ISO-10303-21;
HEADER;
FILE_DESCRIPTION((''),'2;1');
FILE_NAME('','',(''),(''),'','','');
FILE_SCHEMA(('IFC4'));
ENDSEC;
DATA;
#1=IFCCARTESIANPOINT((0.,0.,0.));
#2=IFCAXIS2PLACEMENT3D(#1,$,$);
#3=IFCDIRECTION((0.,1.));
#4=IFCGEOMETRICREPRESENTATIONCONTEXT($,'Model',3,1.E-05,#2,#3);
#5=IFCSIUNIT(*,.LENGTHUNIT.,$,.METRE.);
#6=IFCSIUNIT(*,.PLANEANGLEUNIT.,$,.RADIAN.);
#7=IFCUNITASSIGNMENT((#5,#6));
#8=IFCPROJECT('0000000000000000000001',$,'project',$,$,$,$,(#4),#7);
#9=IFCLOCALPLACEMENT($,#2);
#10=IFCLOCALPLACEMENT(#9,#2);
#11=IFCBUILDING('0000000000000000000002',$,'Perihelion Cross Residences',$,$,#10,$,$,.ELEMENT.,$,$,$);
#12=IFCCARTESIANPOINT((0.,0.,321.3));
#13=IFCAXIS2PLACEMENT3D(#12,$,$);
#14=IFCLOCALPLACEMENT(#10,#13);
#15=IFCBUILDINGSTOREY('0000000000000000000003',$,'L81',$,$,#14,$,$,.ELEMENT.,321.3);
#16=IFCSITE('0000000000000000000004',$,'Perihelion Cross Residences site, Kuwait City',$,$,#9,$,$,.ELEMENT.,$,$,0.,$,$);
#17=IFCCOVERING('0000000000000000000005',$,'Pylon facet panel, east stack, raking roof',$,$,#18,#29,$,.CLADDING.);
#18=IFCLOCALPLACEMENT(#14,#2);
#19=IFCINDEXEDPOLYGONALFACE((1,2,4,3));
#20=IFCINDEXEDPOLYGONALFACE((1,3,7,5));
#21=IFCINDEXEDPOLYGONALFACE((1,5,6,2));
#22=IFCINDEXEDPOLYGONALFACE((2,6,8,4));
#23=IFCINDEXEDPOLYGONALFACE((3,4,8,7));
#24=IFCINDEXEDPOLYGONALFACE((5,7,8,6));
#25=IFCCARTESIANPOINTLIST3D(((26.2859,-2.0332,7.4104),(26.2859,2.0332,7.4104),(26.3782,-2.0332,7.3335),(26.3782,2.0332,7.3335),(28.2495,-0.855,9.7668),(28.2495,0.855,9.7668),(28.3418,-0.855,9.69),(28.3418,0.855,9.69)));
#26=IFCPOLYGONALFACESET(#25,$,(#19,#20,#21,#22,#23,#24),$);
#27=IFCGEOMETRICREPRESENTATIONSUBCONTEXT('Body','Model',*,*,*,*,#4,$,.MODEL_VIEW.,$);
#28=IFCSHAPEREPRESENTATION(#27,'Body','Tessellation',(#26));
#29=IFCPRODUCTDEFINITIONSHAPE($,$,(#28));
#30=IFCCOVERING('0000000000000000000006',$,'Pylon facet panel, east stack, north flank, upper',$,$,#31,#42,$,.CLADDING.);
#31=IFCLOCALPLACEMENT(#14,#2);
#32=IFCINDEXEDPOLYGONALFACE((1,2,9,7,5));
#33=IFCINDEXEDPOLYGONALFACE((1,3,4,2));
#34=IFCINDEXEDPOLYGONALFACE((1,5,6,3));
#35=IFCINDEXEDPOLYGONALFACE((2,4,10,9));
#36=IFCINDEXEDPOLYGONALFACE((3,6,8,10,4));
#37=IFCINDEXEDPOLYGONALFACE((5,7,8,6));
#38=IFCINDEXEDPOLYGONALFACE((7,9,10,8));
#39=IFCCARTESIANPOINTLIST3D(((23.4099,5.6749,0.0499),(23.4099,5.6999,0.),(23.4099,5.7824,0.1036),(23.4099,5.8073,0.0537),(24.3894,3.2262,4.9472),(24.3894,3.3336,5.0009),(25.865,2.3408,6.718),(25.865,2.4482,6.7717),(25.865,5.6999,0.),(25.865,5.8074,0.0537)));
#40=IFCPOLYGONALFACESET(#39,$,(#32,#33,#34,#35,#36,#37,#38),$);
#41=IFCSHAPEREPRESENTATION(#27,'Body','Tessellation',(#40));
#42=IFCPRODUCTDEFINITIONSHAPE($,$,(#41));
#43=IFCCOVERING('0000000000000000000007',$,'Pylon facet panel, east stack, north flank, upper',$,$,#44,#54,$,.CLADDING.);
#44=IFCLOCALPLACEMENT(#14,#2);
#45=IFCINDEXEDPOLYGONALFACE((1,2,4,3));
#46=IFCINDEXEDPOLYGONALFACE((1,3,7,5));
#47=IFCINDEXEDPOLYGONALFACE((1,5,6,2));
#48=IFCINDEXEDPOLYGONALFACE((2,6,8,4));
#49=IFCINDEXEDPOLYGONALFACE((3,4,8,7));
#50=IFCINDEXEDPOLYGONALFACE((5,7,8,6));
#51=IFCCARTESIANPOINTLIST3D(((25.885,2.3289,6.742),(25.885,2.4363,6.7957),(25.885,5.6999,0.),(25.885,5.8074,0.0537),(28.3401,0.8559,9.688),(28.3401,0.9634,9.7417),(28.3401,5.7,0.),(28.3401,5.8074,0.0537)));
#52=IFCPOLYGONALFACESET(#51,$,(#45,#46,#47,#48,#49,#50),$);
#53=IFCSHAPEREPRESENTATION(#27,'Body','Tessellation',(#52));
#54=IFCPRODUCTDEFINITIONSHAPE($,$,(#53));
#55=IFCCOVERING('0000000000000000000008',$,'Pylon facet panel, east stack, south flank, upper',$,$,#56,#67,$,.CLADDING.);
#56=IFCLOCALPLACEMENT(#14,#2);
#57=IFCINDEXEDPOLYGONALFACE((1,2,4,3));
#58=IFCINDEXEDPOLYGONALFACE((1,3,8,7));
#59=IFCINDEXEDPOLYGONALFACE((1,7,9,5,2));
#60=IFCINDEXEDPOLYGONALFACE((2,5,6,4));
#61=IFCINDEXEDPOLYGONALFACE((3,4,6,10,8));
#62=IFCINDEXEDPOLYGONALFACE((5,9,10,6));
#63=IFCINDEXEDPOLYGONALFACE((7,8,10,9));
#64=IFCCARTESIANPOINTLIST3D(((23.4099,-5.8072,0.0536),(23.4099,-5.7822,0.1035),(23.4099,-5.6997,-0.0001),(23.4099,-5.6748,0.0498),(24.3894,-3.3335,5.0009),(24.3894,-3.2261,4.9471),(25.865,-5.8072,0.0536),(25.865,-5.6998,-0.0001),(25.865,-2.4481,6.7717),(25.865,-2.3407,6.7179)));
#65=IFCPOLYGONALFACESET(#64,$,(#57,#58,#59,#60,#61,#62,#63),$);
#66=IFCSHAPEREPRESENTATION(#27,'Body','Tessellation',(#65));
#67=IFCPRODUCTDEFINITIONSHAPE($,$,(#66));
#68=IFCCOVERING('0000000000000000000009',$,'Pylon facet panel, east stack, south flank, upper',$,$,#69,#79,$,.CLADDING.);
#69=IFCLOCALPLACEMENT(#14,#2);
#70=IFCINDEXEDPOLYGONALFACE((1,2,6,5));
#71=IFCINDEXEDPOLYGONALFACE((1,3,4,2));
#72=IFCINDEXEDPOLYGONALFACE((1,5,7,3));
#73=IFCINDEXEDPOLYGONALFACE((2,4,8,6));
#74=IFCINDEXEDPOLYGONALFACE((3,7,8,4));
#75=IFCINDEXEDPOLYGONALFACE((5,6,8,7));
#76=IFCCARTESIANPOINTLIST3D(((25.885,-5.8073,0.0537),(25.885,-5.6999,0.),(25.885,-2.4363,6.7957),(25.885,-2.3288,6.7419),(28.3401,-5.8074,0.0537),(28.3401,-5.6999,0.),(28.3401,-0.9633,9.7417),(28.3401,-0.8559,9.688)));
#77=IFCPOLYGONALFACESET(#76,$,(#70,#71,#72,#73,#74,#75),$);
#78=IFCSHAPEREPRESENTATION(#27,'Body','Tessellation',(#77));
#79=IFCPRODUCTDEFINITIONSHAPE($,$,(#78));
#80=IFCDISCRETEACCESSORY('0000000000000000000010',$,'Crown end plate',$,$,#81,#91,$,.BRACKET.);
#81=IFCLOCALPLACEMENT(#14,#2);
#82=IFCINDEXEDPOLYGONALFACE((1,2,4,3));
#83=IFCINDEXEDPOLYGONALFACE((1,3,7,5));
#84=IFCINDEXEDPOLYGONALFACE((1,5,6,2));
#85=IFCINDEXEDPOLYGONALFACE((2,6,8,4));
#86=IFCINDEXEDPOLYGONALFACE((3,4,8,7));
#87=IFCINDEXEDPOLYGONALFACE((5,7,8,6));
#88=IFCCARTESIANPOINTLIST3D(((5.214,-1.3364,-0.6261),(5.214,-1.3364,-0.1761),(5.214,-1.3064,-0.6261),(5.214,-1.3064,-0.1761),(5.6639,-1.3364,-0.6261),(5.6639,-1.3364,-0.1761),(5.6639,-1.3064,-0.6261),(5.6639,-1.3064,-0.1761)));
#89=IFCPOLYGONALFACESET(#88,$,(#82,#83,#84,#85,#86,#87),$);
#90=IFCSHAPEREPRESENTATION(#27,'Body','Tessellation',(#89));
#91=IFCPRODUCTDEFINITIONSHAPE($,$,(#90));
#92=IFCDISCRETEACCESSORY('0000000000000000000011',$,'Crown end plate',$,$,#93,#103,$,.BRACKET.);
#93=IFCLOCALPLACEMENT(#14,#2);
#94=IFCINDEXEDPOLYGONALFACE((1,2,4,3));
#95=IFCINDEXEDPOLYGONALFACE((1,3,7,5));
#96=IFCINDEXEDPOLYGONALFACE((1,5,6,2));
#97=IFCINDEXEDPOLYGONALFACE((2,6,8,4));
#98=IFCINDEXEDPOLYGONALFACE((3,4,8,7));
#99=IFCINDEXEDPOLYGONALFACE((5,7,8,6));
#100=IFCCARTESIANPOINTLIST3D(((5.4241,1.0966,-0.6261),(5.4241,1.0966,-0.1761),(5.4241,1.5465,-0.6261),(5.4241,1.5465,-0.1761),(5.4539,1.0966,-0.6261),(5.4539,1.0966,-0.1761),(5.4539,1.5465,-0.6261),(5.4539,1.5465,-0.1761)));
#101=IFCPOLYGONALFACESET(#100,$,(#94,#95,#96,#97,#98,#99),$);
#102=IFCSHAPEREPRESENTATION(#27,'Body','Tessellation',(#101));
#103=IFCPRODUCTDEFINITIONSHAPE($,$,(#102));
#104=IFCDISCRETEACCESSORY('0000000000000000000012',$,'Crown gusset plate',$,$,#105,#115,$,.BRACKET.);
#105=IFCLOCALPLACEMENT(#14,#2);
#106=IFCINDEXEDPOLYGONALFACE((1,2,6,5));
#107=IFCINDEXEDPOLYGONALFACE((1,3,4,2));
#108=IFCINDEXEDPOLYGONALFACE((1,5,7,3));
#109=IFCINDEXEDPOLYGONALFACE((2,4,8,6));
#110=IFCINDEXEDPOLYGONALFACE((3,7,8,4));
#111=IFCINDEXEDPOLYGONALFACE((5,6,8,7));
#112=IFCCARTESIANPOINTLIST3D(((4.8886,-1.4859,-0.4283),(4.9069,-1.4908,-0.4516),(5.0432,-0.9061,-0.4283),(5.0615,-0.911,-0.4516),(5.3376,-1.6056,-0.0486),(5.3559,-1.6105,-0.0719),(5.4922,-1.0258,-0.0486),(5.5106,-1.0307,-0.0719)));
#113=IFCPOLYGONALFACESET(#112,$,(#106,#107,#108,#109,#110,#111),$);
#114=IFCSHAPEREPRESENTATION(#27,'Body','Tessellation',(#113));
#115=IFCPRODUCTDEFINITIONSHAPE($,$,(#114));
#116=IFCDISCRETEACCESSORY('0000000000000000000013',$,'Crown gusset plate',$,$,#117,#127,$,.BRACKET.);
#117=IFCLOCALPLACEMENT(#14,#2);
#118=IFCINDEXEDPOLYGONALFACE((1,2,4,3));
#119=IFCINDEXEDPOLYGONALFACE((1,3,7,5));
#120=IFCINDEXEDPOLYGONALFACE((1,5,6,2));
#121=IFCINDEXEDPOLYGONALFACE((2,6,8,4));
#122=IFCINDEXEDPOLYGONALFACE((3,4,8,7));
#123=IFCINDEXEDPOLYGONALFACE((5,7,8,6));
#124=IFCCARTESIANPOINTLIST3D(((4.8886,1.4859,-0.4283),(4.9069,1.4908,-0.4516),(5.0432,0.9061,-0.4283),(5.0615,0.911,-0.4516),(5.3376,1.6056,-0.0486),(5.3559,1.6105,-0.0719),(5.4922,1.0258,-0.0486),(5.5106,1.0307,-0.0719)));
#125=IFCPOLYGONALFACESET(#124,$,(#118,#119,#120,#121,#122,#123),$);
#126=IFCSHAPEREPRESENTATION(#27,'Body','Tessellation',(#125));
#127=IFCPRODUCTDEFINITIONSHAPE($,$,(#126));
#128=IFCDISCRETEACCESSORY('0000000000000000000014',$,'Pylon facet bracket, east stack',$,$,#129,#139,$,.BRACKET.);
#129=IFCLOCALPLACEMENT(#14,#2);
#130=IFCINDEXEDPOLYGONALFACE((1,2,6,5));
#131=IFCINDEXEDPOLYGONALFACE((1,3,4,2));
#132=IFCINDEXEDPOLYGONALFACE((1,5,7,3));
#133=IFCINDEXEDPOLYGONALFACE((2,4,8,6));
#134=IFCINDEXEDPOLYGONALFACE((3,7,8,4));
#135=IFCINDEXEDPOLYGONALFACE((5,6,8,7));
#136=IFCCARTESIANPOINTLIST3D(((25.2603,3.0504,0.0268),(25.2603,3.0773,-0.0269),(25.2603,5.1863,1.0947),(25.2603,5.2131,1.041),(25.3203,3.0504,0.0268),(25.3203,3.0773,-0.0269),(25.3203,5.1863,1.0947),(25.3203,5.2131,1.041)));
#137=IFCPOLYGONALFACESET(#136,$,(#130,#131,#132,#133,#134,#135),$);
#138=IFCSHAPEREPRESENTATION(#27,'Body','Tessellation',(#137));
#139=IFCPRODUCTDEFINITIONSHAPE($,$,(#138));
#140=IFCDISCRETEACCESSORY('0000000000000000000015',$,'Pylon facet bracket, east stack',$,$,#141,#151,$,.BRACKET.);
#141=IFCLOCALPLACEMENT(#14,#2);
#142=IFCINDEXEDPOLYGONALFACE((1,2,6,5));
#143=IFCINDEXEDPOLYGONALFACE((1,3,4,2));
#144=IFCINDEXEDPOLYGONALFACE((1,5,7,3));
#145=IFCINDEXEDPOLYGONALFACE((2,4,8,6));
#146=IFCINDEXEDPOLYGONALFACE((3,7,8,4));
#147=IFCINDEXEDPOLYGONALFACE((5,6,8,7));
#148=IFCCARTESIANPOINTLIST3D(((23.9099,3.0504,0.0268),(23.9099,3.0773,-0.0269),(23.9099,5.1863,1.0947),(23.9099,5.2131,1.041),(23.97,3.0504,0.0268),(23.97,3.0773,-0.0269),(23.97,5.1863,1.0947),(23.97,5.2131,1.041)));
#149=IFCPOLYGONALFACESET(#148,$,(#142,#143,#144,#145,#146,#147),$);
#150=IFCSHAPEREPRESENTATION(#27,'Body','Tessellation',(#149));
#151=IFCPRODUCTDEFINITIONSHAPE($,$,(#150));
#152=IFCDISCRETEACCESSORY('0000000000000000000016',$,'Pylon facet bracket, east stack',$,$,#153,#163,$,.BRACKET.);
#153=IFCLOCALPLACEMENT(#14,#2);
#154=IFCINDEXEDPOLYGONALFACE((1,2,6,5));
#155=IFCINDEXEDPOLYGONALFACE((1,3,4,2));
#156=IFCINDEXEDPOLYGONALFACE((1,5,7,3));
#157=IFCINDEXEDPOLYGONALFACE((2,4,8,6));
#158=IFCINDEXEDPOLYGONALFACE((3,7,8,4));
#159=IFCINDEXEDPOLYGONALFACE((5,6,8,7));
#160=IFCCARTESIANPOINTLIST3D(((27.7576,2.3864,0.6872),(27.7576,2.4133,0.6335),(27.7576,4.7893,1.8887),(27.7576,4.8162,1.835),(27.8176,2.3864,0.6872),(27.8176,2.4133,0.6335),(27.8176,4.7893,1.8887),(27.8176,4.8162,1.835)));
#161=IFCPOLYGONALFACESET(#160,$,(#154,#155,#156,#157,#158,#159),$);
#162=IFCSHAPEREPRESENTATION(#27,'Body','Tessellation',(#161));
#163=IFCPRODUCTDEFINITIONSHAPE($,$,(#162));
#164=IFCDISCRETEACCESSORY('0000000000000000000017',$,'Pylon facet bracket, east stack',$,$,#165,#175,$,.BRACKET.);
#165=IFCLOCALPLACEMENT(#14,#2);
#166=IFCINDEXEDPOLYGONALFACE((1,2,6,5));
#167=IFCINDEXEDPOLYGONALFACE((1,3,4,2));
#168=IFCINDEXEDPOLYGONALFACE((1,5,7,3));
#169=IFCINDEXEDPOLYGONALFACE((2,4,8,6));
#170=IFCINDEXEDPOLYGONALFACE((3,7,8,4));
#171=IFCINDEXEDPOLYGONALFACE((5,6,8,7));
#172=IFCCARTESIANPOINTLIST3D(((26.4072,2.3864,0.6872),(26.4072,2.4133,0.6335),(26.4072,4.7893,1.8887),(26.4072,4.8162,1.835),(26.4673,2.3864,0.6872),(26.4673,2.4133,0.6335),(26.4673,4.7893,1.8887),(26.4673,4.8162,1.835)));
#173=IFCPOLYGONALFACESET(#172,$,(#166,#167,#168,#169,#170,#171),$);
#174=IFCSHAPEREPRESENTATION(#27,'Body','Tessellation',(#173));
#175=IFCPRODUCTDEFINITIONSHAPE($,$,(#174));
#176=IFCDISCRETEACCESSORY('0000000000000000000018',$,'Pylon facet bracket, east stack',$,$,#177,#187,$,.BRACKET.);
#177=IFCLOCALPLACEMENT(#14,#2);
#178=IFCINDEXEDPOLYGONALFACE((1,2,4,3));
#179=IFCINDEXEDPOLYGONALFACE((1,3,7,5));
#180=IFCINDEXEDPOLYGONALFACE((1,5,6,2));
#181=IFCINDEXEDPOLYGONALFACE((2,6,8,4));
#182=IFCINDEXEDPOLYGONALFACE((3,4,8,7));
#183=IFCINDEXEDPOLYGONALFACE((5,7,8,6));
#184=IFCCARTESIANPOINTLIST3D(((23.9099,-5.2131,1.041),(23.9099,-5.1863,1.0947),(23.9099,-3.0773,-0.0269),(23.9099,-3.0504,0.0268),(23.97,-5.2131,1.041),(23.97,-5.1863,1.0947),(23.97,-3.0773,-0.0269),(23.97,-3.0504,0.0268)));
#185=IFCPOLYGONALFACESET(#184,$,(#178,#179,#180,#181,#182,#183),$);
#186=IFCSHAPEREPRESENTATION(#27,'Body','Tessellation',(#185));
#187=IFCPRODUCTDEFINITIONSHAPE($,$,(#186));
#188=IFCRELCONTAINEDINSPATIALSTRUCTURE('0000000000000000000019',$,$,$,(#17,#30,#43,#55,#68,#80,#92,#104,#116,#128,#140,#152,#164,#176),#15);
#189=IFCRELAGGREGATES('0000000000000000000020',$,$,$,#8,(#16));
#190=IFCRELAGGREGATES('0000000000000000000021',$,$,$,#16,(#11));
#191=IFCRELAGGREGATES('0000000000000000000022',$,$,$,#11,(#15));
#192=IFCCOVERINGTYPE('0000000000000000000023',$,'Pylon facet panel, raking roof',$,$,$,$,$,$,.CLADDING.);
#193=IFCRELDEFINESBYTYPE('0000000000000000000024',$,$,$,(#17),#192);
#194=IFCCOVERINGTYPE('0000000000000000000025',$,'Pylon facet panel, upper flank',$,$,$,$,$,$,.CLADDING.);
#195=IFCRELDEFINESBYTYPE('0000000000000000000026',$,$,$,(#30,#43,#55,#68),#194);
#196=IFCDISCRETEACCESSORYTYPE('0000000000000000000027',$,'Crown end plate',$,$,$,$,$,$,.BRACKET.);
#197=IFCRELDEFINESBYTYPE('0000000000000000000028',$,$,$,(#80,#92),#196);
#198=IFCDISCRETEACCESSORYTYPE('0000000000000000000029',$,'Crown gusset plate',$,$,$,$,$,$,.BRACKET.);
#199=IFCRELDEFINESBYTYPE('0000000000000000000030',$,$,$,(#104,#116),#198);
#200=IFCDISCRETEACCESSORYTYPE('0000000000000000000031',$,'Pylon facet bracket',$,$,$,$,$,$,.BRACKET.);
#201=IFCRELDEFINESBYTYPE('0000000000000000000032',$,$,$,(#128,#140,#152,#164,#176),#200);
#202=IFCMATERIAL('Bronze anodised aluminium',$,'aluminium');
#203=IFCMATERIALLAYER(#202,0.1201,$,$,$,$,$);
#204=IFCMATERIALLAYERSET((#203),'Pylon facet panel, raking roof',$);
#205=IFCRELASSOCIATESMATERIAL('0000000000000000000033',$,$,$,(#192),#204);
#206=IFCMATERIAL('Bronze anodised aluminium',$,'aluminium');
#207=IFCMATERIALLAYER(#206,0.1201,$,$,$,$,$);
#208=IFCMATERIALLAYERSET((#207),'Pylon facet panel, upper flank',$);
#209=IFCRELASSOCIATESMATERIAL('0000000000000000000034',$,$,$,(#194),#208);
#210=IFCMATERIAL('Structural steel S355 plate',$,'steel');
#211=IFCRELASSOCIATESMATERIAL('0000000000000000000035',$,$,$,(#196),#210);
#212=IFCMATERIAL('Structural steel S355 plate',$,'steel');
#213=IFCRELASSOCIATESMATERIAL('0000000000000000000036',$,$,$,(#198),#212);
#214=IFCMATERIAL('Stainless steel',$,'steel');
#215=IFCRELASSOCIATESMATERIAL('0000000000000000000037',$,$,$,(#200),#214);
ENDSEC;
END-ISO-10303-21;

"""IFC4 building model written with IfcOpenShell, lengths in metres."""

from ifc_helpers import new_model, si_unit, direction, frame, origin, origin_2d, place, context, subcontext, project, spatial, polyline, rectangle, outline, extrude, material, layer, layer_set, material_profile, profile_set, type_object, element, save


model = new_model("IFC4")

# Units and contexts
model_context = context("Model", 3, precision=1e-05, world=origin(), true_north=direction((0.0, 1.0)))
body_context = subcontext(model_context, "Body", "Model", "MODEL_VIEW")
ifc_project = project(units=[si_unit("LENGTHUNIT", "METRE"), si_unit("PLANEANGLEUNIT", "RADIAN")], contexts=[model_context])

# Site, building, storey
site_placement = place(None, origin())
site = spatial("IfcSite", under=ifc_project, at=site_placement, Name="Perihelion Cross Residences site, Kuwait City", CompositionType="ELEMENT", RefElevation=0.0)
building_placement = place(site_placement, origin())
building = spatial("IfcBuilding", under=site, at=building_placement, Name="Perihelion Cross Residences", CompositionType="ELEMENT")
storey_placement = place(building_placement, frame((0.0, 0.0, 321.3)))
storey = spatial("IfcBuildingStorey", under=building, at=storey_placement, Name="L81", CompositionType="ELEMENT", Elevation=321.3)

# Coverings
ifc_material_1 = material(Name="Bronze anodised aluminium", Category="aluminium")
ifc_layer_1 = layer(ifc_material_1, 0.1201)
ifc_layer_set_1 = layer_set([ifc_layer_1], Name="Pylon facet panel, raking roof")
covering_type_1 = type_object("IfcCoveringType", Name="Pylon facet panel, raking roof", PredefinedType="CLADDING", material=ifc_layer_set_1)
covering_1_placement = place(storey_placement, frame((26.2859, 2.0332, 7.4104), z_axis=(-0.768234, 0.0, 0.640169), x_axis=(0.0, -1.0, 0.0)))
element("IfcCovering", 1, at=covering_1_placement, inside=storey, type_object=covering_type_1, Name="Pylon facet panel, east stack, raking roof", PredefinedType="CLADDING", context=body_context, shape_type="SweptSolid", body=[
    extrude(outline(polyline([(0.0, 0.0), (4.0664, 0.0), (2.8882, 3.0674), (1.1782, 3.0674), (0.0, 0.0)])), origin(), (0.0, 0.0, -1.0), 0.1201),
])
ifc_material_2 = material(Name="Bronze anodised aluminium", Category="aluminium")
ifc_layer_2 = layer(ifc_material_2, 0.1201)
ifc_layer_set_2 = layer_set([ifc_layer_2], Name="Pylon facet panel, upper flank")
covering_type_2 = type_object("IfcCoveringType", Name="Pylon facet panel, upper flank", PredefinedType="CLADDING", material=ifc_layer_set_2)
covering_2_placement = place(storey_placement, frame((25.865, 2.4482, 6.7717), z_axis=(-0.000024, 0.89442, 0.447227), x_axis=(0.0, 0.447227, -0.89442)))
element("IfcCovering", 2, at=covering_2_placement, inside=storey, type_object=covering_type_2, Name="Pylon facet panel, east stack, north flank, upper", PredefinedType="CLADDING", context=body_context, shape_type="SweptSolid", body=[
    extrude(outline(polyline([(0.0, 0.0), (7.511, 0.0), (7.511, 2.4551), (7.4552, 2.4551), (1.9798, 1.4756), (0.0, 0.0)])), origin(), (0.0, 0.0, -1.0), 0.1201),
])
covering_3_placement = place(storey_placement, frame((28.3401, 0.9634, 9.7417), z_axis=(-0.000026, 0.894425, 0.447219), x_axis=(0.0, 0.447219, -0.894425)))
element("IfcCovering", 3, at=covering_3_placement, inside=storey, type_object=covering_type_2, Name="Pylon facet panel, east stack, north flank, upper", PredefinedType="CLADDING", context=body_context, shape_type="SweptSolid", body=[
    extrude(outline(polyline([(0.0, 0.0), (10.8315, 0.0), (10.8315, 2.4551), (3.2937, 2.4551), (0.0, 0.0)])), origin(), (0.0, 0.0, -1.0), 0.1201),
])
covering_4_placement = place(storey_placement, frame((23.4099, -5.7822, 0.1035), z_axis=(-0.000024, -0.89442, 0.447227), x_axis=(0.0, -0.447227, -0.89442)))
element("IfcCovering", 4, at=covering_4_placement, inside=storey, type_object=covering_type_2, Name="Pylon facet panel, east stack, south flank, upper", PredefinedType="CLADDING", context=body_context, shape_type="SweptSolid", body=[
    extrude(outline(polyline([(0.0, 0.0), (0.0558, 0.0), (0.0558, 2.4551), (-7.4552, 2.4551), (-5.4754, 0.9795), (0.0, 0.0)])), origin(), (0.0, 0.0, -1.0), 0.1201),
])
covering_5_placement = place(storey_placement, frame((25.885, -2.4363, 6.7957), z_axis=(-0.000026, -0.894425, 0.447219), x_axis=(0.0, -0.447219, -0.894425)))
element("IfcCovering", 5, at=covering_5_placement, inside=storey, type_object=covering_type_2, Name="Pylon facet panel, east stack, south flank, upper", PredefinedType="CLADDING", context=body_context, shape_type="SweptSolid", body=[
    extrude(outline(polyline([(0.0, 0.0), (7.5378, 0.0), (7.5378, 2.4551), (-3.2937, 2.4551), (0.0, 0.0)])), origin(), (0.0, 0.0, -1.0), 0.1201),
])

# Discrete accessories
ifc_material_3 = material(Name="Structural steel S355 plate", Category="steel")
ifc_material_profile_1 = material_profile(ifc_material_3, rectangle(XDim=0.45, YDim=0.45, at=origin_2d()), Name="Crown end plate")
ifc_profile_set_1 = profile_set([ifc_material_profile_1], Name="Structural steel S355 plate")
discrete_accessory_type_1 = type_object("IfcDiscreteAccessoryType", Name="Crown end plate", PredefinedType="BRACKET", material=ifc_profile_set_1)
discrete_accessory_1_placement = place(storey_placement, frame((5.439, -1.3364, -0.4011), z_axis=(0.0, 1.0, 0.0), x_axis=(-1.0, 0.0, 0.0)))
element("IfcDiscreteAccessory", 6, at=discrete_accessory_1_placement, inside=storey, type_object=discrete_accessory_type_1, Name="Crown end plate", PredefinedType="BRACKET", context=body_context, shape_type="SweptSolid", body=[
    extrude(rectangle(XDim=0.45, YDim=0.45, at=origin_2d()), origin(), (0.0, 0.0, 1.0), 0.03),
])
discrete_accessory_2_placement = place(storey_placement, frame((5.4539, 1.3215, -0.4011), z_axis=(-1.0, 0.0, 0.0), x_axis=(0.0, -1.0, 0.0)))
element("IfcDiscreteAccessory", 7, at=discrete_accessory_2_placement, inside=storey, type_object=discrete_accessory_type_1, Name="Crown end plate", PredefinedType="BRACKET", context=body_context, shape_type="SweptSolid", body=[
    extrude(rectangle(XDim=0.45, YDim=0.45, at=origin_2d()), origin(), (0.0, 0.0, 1.0), 0.0298),
])
ifc_material_4 = material(Name="Structural steel S355 plate", Category="steel")
ifc_material_profile_2 = material_profile(ifc_material_4, rectangle(XDim=0.6001, YDim=0.6001, at=origin_2d()), Name="Crown gusset plate")
ifc_profile_set_2 = profile_set([ifc_material_profile_2], Name="Structural steel S355 plate")
discrete_accessory_type_2 = type_object("IfcDiscreteAccessoryType", Name="Crown gusset plate", PredefinedType="BRACKET", material=ifc_profile_set_2)
for number, where, z_axis, x_axis, name in (
    (8, (5.2087, -1.2607, -0.2617), (-0.611354, 0.163028, 0.774382), (-0.257663, -0.966235, 0.0), "Crown gusset plate"),
    (9, (5.2087, 1.2607, -0.2617), (-0.611354, -0.163028, 0.774382), (0.257663, -0.966235, 0.0), "Crown gusset plate"),
):
    element("IfcDiscreteAccessory", number, at=place(storey_placement, frame(where, z_axis=z_axis, x_axis=x_axis)), inside=storey, type_object=discrete_accessory_type_2, Name=name, PredefinedType="BRACKET", context=body_context, shape_type="SweptSolid", body=[
        extrude(rectangle(XDim=0.6001, YDim=0.6001, at=origin_2d()), origin(), (0.0, 0.0, 1.0), 0.03),
    ])
ifc_material_5 = material(Name="Stainless steel", Category="steel")
ifc_material_profile_3 = material_profile(ifc_material_5, rectangle(XDim=0.0601, YDim=0.0601, at=origin_2d()), Name="Pylon facet bracket")
ifc_profile_set_3 = profile_set([ifc_material_profile_3], Name="Stainless steel")
discrete_accessory_type_3 = type_object("IfcDiscreteAccessoryType", Name="Pylon facet bracket", PredefinedType="BRACKET", material=ifc_profile_set_3)
for number, where, z_axis, x_axis, name in (
    (10, (25.2903, 5.1997, 1.0679), (0.0, -0.894427, -0.447214), (1.0, 0.0, 0.0), "Pylon facet bracket, east stack"),
    (11, (23.9399, 5.1997, 1.0679), (0.0, -0.894427, -0.447214), (1.0, 0.0, 0.0), "Pylon facet bracket, east stack"),
):
    element("IfcDiscreteAccessory", number, at=place(storey_placement, frame(where, z_axis=z_axis, x_axis=x_axis)), inside=storey, type_object=discrete_accessory_type_3, Name=name, PredefinedType="BRACKET", context=body_context, shape_type="SweptSolid", body=[
        extrude(rectangle(XDim=0.0601, YDim=0.0601, at=origin_2d()), origin(), (0.0, 0.0, 1.0), 2.3879),
    ])
for number, where, z_axis, x_axis, name in (
    (12, (27.7876, 4.8027, 1.8618), (0.0, -0.894427, -0.447214), (1.0, 0.0, 0.0), "Pylon facet bracket, east stack"),
    (13, (26.4373, 4.8027, 1.8618), (0.0, -0.894427, -0.447214), (1.0, 0.0, 0.0), "Pylon facet bracket, east stack"),
):
    element("IfcDiscreteAccessory", number, at=place(storey_placement, frame(where, z_axis=z_axis, x_axis=x_axis)), inside=storey, type_object=discrete_accessory_type_3, Name=name, PredefinedType="BRACKET", context=body_context, shape_type="SweptSolid", body=[
        extrude(rectangle(XDim=0.0601, YDim=0.0601, at=origin_2d()), origin(), (0.0, 0.0, 1.0), 2.6865),
    ])
for number, where, z_axis, x_axis, name in (
    (14, (23.9399, -5.1997, 1.0679), (0.0, 0.894427, -0.447214), (-1.0, 0.0, 0.0), "Pylon facet bracket, east stack"),
):
    element("IfcDiscreteAccessory", number, at=place(storey_placement, frame(where, z_axis=z_axis, x_axis=x_axis)), inside=storey, type_object=discrete_accessory_type_3, Name=name, PredefinedType="BRACKET", context=body_context, shape_type="SweptSolid", body=[
        extrude(rectangle(XDim=0.0601, YDim=0.0601, at=origin_2d()), origin(), (0.0, 0.0, 1.0), 2.3879),
    ])

save(model, "model.ifc")
